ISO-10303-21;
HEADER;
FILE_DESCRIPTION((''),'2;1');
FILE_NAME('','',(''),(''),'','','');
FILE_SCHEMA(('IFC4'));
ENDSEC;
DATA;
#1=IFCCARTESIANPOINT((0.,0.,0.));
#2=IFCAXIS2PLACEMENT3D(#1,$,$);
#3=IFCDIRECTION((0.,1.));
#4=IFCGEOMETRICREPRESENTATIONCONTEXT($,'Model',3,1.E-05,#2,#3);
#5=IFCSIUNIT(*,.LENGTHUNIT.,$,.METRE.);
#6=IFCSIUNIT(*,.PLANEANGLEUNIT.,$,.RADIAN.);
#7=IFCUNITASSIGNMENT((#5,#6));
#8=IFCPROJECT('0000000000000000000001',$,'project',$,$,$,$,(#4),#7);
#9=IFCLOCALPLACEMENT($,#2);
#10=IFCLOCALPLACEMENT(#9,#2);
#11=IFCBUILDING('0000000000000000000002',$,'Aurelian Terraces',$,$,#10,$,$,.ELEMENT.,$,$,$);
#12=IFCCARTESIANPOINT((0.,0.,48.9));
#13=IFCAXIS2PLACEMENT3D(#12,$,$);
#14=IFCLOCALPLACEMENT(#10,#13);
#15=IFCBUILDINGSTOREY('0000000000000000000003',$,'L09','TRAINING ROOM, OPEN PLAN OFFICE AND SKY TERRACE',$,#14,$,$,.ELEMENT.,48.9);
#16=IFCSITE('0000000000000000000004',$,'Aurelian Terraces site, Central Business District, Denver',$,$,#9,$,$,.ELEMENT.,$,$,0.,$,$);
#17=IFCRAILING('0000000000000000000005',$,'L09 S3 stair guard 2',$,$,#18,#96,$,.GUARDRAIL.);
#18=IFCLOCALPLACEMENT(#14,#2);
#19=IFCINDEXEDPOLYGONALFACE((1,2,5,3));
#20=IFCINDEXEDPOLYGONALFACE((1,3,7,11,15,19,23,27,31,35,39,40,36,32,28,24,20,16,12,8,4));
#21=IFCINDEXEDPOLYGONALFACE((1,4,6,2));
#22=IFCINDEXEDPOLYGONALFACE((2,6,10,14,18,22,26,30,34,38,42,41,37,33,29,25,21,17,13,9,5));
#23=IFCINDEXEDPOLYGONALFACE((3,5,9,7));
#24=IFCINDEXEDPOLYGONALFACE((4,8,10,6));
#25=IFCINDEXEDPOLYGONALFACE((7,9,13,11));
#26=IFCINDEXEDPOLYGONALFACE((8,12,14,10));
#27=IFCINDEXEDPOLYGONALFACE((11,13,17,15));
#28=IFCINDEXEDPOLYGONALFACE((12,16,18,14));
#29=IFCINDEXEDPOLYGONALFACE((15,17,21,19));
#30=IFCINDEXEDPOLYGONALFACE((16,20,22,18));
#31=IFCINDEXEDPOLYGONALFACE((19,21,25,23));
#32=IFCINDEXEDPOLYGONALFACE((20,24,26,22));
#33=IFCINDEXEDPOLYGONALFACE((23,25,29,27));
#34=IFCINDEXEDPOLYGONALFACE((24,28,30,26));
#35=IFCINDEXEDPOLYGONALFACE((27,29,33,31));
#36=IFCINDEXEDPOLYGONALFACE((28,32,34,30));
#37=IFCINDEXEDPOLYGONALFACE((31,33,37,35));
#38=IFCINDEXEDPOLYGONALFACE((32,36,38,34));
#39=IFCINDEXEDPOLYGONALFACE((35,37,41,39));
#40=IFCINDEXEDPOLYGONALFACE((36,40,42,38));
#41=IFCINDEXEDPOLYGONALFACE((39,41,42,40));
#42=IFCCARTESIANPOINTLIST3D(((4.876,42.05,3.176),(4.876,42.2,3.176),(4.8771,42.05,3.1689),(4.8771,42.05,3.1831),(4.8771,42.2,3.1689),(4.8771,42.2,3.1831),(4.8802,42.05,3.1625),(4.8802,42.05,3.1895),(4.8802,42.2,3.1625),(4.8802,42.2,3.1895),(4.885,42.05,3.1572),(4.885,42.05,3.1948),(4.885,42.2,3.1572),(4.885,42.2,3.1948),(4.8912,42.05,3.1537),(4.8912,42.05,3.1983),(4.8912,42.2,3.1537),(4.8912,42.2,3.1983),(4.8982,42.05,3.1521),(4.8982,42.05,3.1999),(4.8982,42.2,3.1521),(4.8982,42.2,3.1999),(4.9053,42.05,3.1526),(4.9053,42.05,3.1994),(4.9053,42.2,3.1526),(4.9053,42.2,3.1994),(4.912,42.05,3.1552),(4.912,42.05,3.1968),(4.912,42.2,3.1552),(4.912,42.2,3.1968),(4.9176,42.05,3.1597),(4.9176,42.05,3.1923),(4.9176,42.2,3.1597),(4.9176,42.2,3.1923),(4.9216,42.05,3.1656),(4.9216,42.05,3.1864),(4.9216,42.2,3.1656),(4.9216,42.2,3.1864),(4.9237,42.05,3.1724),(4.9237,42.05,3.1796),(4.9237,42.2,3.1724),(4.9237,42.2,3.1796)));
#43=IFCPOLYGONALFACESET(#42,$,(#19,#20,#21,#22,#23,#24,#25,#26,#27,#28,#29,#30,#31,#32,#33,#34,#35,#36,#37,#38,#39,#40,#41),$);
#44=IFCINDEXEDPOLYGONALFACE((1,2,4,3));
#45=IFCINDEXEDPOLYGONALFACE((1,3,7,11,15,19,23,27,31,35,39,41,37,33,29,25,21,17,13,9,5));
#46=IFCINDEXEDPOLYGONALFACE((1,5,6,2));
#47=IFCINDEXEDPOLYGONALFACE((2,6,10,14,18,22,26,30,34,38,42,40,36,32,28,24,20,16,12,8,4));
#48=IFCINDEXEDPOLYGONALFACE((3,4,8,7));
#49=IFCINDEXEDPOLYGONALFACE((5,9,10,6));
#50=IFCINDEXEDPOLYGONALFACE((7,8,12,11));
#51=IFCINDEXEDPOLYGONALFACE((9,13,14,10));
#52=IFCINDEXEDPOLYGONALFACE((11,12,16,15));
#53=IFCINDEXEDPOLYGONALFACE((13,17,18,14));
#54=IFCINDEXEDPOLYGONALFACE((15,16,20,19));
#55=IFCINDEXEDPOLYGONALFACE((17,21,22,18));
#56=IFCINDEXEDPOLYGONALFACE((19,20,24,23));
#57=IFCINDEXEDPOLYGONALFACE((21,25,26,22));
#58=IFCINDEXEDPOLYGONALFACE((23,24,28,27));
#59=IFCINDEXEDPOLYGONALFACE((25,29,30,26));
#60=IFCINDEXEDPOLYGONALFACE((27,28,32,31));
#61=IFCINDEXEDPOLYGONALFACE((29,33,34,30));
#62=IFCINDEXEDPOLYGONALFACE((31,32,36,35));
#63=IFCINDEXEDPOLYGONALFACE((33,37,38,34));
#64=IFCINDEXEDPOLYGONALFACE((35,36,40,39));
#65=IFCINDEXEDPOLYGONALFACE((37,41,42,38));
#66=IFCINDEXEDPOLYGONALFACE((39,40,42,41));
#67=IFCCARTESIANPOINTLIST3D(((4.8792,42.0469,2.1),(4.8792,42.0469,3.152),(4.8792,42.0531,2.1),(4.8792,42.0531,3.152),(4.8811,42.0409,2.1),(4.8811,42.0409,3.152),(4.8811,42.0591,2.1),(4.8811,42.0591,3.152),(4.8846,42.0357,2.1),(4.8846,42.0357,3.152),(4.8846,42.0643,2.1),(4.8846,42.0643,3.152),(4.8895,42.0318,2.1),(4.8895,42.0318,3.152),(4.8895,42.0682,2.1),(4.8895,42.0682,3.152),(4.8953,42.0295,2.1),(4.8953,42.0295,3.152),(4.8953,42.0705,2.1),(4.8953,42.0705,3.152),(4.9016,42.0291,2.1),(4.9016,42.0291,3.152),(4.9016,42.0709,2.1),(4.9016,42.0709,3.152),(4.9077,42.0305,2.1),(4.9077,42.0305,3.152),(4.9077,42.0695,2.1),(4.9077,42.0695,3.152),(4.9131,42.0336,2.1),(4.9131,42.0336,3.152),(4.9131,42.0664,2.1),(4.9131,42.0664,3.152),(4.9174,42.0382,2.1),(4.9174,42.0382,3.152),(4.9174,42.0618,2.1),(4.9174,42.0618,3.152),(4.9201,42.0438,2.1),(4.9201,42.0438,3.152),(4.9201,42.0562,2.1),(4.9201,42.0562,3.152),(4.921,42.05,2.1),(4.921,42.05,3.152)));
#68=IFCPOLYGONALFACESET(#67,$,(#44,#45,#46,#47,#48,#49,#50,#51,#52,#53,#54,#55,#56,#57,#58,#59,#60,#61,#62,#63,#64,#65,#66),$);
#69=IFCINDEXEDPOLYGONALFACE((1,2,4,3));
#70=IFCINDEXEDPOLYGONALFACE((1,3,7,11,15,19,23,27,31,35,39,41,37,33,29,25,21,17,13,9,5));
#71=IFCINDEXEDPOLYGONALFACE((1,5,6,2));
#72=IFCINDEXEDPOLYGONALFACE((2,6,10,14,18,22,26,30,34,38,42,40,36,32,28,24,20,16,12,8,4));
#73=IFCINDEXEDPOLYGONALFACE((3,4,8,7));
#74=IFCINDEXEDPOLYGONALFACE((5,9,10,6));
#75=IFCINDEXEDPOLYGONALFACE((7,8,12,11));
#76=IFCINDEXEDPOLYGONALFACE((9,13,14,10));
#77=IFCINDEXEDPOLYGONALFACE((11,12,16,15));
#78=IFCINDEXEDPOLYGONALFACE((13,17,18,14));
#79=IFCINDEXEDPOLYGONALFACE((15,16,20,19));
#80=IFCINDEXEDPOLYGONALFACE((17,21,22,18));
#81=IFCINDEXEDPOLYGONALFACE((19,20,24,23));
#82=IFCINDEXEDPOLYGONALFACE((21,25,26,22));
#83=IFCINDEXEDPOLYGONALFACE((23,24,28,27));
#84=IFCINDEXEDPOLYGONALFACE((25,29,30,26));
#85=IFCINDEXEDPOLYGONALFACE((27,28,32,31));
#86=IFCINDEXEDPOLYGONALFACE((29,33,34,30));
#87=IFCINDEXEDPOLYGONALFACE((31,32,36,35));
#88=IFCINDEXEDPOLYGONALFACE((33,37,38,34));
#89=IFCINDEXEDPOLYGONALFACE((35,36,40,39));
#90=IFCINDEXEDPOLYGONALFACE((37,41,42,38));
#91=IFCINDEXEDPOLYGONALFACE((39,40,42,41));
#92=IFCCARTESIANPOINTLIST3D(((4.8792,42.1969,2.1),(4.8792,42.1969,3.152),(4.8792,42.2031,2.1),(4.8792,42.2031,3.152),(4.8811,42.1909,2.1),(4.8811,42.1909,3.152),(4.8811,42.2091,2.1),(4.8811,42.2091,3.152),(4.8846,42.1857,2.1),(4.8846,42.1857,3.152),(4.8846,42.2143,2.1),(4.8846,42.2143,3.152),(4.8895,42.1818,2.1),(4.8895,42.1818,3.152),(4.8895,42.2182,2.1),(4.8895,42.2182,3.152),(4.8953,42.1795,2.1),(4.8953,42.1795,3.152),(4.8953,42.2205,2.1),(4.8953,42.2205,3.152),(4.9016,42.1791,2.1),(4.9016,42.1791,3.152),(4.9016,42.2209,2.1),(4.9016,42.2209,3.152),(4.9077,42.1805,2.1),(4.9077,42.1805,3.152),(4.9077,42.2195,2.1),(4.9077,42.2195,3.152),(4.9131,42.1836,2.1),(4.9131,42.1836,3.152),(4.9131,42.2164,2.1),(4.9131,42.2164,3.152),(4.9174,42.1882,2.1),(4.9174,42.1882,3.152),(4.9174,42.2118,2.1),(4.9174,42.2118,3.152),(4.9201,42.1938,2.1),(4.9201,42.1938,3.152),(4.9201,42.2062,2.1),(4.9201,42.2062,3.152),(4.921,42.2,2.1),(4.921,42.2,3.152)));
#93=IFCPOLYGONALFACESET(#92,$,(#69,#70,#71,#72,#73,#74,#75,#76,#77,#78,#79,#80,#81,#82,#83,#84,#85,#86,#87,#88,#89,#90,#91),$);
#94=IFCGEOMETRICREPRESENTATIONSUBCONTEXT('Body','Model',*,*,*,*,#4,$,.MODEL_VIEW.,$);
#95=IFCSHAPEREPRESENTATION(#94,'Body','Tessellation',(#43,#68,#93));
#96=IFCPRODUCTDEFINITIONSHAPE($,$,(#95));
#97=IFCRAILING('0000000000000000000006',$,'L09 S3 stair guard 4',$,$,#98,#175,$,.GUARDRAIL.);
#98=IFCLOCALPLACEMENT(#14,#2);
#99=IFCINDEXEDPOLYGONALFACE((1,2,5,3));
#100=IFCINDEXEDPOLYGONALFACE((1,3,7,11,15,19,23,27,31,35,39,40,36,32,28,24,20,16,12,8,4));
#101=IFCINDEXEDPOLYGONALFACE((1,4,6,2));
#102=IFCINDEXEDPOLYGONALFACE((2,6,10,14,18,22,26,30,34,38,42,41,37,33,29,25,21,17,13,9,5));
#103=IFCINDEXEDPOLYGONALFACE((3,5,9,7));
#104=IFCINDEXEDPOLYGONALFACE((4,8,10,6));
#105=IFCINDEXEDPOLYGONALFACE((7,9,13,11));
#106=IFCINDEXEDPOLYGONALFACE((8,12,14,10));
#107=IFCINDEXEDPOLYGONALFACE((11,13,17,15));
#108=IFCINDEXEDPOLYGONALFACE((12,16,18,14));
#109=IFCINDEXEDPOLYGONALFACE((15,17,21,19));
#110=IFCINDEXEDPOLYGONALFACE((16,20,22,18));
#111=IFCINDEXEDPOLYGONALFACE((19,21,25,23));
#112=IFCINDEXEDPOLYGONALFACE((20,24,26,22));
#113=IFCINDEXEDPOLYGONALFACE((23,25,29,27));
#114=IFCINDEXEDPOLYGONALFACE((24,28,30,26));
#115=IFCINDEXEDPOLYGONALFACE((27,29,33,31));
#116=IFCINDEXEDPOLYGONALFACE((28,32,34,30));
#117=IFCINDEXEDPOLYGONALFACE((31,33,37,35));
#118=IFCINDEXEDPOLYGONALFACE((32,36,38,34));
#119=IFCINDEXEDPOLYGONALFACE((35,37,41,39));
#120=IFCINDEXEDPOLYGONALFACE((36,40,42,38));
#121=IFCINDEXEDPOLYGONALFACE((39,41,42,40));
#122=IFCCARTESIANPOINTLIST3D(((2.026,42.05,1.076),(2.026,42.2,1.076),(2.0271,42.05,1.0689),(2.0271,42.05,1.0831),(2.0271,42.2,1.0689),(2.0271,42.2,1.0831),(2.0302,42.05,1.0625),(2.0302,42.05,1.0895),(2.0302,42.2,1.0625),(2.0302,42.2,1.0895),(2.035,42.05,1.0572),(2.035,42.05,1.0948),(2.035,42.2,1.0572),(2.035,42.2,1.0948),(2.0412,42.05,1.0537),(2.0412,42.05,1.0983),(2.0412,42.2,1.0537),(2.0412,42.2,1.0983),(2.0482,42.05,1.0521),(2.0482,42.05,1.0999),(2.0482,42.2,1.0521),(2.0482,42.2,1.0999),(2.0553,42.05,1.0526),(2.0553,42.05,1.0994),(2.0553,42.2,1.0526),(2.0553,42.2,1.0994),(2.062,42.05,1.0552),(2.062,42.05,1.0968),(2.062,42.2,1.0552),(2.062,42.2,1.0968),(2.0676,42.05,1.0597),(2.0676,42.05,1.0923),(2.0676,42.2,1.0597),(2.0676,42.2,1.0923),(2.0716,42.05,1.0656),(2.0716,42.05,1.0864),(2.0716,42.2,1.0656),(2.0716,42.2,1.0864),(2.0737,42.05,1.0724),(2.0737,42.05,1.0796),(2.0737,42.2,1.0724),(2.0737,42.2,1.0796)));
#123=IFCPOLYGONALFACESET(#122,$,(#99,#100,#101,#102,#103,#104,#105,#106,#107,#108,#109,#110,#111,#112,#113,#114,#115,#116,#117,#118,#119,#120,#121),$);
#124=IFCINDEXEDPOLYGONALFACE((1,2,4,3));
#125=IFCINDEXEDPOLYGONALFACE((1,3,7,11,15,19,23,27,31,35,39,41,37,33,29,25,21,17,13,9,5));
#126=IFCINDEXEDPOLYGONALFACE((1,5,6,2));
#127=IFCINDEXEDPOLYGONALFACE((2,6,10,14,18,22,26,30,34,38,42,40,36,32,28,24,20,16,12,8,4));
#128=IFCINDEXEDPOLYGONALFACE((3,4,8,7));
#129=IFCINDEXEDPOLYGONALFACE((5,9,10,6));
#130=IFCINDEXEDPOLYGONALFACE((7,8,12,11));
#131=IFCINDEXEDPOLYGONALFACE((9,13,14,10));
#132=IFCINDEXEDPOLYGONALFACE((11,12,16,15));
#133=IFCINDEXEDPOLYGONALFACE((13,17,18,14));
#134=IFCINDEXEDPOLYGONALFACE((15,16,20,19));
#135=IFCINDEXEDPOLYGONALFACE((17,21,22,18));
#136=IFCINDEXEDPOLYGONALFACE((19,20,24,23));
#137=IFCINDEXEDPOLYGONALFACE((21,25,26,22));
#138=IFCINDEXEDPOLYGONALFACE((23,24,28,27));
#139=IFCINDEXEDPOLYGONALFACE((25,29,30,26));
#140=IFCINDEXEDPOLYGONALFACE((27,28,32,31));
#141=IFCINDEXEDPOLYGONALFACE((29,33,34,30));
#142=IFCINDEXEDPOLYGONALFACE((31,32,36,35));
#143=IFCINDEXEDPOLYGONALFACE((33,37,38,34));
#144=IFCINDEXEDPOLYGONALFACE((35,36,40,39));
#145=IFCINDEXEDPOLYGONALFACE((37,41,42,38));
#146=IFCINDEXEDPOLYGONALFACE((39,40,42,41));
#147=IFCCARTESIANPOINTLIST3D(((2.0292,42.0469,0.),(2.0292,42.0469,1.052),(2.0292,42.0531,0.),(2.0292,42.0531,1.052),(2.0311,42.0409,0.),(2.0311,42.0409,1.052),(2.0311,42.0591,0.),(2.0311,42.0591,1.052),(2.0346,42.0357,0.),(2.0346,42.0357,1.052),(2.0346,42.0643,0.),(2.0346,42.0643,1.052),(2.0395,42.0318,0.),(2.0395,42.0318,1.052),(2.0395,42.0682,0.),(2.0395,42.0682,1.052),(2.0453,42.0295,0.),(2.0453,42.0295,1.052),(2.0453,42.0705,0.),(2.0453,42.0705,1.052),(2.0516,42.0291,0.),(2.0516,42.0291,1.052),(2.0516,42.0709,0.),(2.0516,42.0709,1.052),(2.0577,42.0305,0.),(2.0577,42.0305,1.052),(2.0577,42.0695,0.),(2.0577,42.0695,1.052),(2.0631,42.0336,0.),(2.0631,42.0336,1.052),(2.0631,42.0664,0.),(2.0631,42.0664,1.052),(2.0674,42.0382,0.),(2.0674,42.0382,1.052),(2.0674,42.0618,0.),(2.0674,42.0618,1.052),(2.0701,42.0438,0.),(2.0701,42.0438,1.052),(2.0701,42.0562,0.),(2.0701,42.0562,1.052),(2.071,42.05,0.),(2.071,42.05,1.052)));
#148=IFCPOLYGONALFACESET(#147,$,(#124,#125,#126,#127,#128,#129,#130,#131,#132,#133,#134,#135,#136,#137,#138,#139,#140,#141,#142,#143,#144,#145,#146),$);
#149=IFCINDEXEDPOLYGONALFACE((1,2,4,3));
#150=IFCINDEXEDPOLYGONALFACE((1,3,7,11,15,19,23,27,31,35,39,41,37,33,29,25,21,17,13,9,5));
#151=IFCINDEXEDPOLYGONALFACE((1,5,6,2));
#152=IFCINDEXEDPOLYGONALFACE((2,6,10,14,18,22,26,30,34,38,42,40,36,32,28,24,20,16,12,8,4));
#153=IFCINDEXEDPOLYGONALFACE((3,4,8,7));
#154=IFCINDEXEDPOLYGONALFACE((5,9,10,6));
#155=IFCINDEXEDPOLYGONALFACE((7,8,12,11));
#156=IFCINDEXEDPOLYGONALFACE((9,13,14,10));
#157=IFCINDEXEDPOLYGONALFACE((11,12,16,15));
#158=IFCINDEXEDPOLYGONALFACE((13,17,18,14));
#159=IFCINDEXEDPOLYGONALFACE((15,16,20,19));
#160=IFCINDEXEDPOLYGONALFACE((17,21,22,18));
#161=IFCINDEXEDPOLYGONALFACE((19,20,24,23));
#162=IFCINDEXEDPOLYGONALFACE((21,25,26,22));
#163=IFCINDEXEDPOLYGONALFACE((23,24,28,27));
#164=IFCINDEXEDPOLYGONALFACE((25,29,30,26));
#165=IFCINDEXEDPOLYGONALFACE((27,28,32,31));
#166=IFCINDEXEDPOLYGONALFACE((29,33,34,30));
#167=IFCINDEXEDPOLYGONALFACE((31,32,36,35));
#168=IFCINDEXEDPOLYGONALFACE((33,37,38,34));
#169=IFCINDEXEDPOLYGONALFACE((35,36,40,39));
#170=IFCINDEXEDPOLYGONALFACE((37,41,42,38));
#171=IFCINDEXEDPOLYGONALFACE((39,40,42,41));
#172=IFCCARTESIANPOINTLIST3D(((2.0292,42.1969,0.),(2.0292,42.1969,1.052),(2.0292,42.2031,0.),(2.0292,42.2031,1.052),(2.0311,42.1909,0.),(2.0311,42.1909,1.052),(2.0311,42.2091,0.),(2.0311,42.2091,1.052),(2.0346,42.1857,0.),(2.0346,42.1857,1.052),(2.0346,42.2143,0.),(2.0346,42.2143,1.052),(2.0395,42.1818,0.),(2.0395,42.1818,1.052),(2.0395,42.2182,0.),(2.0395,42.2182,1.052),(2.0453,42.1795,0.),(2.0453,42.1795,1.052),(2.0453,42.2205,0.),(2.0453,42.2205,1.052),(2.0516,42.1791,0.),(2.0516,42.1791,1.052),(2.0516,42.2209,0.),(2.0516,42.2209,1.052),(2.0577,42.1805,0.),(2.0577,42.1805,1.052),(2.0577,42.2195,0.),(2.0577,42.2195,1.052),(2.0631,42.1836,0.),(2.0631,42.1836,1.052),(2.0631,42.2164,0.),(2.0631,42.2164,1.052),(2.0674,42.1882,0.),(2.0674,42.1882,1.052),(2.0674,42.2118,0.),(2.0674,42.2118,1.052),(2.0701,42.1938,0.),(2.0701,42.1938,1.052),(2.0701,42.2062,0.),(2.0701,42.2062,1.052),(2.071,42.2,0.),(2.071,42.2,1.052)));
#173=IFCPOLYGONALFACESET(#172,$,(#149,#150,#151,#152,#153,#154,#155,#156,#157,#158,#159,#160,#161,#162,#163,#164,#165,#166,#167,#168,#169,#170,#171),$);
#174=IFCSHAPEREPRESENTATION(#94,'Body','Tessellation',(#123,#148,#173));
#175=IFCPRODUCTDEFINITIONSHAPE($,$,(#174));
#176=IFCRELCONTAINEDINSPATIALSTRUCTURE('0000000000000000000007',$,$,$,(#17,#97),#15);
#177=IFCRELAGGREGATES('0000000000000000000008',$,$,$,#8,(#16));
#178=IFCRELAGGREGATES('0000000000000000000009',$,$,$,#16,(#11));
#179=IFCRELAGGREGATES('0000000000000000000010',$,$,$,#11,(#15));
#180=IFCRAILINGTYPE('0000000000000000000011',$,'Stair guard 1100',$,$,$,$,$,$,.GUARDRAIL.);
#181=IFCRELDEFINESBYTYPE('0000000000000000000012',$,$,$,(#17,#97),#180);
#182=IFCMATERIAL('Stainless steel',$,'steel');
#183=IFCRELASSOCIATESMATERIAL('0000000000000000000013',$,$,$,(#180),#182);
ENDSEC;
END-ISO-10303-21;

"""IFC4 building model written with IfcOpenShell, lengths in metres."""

from ifc_helpers import new_model, si_unit, direction, frame, origin, origin_2d, place, context, subcontext, project, spatial, circle, extrude, source, transform, mapped, material, type_object, element, save


model = new_model("IFC4")

# Units and contexts
model_context = context("Model", 3, precision=1e-05, world=origin(), true_north=direction((0.0, 1.0)))
body_context = subcontext(model_context, "Body", "Model", "MODEL_VIEW")
ifc_project = project(units=[si_unit("LENGTHUNIT", "METRE"), si_unit("PLANEANGLEUNIT", "RADIAN")], contexts=[model_context])

# Site, building, storey
site_placement = place(None, origin())
site = spatial("IfcSite", under=ifc_project, at=site_placement, Name="Aurelian Terraces site, Central Business District, Denver", CompositionType="ELEMENT", RefElevation=0.0)
building_placement = place(site_placement, origin())
building = spatial("IfcBuilding", under=site, at=building_placement, Name="Aurelian Terraces", CompositionType="ELEMENT")
storey_placement = place(building_placement, frame((0.0, 0.0, 48.9)))
storey = spatial("IfcBuildingStorey", under=building, at=storey_placement, Name="L09", Description="TRAINING ROOM, OPEN PLAN OFFICE AND SKY TERRACE", CompositionType="ELEMENT", Elevation=48.9)

# Railings
ifc_material_1 = material(Name="Stainless steel", Category="steel")
railing_type_1 = type_object("IfcRailingType", Name="Stair guard 1100", PredefinedType="GUARDRAIL", material=ifc_material_1)
shared_shape_1 = source(origin(), body_context, "Body", "SweptSolid", [
    extrude(circle(Radius=0.024, at=origin_2d()), frame((0.0, 0.0, 1.076), z_axis=(0.0, 1.0, 0.0), x_axis=(-1.0, 0.0, 0.0)), (0.0, 0.0, 1.0), 0.15),
    extrude(circle(Radius=0.021, at=origin_2d()), origin(), (0.0, 0.0, 1.0), 1.052),
    extrude(circle(Radius=0.021, at=origin_2d()), frame((0.0, 0.15, 0.0)), (0.0, 0.0, 1.0), 1.052),
])
for number, where, name in (
    (1, (4.9, 42.05, 2.1), "L09 S3 stair guard 2"),
    (2, (2.05, 42.05, 0.0), "L09 S3 stair guard 4"),
):
    element("IfcRailing", number, at=place(storey_placement, frame(where)), inside=storey, type_object=railing_type_1, Name=name, PredefinedType="GUARDRAIL", context=body_context, shape_type="MappedRepresentation", body=[
        mapped(shared_shape_1, transform((0.0, 0.0, 0.0), scale=1.0)),
    ])

save(model, "model.ifc")
